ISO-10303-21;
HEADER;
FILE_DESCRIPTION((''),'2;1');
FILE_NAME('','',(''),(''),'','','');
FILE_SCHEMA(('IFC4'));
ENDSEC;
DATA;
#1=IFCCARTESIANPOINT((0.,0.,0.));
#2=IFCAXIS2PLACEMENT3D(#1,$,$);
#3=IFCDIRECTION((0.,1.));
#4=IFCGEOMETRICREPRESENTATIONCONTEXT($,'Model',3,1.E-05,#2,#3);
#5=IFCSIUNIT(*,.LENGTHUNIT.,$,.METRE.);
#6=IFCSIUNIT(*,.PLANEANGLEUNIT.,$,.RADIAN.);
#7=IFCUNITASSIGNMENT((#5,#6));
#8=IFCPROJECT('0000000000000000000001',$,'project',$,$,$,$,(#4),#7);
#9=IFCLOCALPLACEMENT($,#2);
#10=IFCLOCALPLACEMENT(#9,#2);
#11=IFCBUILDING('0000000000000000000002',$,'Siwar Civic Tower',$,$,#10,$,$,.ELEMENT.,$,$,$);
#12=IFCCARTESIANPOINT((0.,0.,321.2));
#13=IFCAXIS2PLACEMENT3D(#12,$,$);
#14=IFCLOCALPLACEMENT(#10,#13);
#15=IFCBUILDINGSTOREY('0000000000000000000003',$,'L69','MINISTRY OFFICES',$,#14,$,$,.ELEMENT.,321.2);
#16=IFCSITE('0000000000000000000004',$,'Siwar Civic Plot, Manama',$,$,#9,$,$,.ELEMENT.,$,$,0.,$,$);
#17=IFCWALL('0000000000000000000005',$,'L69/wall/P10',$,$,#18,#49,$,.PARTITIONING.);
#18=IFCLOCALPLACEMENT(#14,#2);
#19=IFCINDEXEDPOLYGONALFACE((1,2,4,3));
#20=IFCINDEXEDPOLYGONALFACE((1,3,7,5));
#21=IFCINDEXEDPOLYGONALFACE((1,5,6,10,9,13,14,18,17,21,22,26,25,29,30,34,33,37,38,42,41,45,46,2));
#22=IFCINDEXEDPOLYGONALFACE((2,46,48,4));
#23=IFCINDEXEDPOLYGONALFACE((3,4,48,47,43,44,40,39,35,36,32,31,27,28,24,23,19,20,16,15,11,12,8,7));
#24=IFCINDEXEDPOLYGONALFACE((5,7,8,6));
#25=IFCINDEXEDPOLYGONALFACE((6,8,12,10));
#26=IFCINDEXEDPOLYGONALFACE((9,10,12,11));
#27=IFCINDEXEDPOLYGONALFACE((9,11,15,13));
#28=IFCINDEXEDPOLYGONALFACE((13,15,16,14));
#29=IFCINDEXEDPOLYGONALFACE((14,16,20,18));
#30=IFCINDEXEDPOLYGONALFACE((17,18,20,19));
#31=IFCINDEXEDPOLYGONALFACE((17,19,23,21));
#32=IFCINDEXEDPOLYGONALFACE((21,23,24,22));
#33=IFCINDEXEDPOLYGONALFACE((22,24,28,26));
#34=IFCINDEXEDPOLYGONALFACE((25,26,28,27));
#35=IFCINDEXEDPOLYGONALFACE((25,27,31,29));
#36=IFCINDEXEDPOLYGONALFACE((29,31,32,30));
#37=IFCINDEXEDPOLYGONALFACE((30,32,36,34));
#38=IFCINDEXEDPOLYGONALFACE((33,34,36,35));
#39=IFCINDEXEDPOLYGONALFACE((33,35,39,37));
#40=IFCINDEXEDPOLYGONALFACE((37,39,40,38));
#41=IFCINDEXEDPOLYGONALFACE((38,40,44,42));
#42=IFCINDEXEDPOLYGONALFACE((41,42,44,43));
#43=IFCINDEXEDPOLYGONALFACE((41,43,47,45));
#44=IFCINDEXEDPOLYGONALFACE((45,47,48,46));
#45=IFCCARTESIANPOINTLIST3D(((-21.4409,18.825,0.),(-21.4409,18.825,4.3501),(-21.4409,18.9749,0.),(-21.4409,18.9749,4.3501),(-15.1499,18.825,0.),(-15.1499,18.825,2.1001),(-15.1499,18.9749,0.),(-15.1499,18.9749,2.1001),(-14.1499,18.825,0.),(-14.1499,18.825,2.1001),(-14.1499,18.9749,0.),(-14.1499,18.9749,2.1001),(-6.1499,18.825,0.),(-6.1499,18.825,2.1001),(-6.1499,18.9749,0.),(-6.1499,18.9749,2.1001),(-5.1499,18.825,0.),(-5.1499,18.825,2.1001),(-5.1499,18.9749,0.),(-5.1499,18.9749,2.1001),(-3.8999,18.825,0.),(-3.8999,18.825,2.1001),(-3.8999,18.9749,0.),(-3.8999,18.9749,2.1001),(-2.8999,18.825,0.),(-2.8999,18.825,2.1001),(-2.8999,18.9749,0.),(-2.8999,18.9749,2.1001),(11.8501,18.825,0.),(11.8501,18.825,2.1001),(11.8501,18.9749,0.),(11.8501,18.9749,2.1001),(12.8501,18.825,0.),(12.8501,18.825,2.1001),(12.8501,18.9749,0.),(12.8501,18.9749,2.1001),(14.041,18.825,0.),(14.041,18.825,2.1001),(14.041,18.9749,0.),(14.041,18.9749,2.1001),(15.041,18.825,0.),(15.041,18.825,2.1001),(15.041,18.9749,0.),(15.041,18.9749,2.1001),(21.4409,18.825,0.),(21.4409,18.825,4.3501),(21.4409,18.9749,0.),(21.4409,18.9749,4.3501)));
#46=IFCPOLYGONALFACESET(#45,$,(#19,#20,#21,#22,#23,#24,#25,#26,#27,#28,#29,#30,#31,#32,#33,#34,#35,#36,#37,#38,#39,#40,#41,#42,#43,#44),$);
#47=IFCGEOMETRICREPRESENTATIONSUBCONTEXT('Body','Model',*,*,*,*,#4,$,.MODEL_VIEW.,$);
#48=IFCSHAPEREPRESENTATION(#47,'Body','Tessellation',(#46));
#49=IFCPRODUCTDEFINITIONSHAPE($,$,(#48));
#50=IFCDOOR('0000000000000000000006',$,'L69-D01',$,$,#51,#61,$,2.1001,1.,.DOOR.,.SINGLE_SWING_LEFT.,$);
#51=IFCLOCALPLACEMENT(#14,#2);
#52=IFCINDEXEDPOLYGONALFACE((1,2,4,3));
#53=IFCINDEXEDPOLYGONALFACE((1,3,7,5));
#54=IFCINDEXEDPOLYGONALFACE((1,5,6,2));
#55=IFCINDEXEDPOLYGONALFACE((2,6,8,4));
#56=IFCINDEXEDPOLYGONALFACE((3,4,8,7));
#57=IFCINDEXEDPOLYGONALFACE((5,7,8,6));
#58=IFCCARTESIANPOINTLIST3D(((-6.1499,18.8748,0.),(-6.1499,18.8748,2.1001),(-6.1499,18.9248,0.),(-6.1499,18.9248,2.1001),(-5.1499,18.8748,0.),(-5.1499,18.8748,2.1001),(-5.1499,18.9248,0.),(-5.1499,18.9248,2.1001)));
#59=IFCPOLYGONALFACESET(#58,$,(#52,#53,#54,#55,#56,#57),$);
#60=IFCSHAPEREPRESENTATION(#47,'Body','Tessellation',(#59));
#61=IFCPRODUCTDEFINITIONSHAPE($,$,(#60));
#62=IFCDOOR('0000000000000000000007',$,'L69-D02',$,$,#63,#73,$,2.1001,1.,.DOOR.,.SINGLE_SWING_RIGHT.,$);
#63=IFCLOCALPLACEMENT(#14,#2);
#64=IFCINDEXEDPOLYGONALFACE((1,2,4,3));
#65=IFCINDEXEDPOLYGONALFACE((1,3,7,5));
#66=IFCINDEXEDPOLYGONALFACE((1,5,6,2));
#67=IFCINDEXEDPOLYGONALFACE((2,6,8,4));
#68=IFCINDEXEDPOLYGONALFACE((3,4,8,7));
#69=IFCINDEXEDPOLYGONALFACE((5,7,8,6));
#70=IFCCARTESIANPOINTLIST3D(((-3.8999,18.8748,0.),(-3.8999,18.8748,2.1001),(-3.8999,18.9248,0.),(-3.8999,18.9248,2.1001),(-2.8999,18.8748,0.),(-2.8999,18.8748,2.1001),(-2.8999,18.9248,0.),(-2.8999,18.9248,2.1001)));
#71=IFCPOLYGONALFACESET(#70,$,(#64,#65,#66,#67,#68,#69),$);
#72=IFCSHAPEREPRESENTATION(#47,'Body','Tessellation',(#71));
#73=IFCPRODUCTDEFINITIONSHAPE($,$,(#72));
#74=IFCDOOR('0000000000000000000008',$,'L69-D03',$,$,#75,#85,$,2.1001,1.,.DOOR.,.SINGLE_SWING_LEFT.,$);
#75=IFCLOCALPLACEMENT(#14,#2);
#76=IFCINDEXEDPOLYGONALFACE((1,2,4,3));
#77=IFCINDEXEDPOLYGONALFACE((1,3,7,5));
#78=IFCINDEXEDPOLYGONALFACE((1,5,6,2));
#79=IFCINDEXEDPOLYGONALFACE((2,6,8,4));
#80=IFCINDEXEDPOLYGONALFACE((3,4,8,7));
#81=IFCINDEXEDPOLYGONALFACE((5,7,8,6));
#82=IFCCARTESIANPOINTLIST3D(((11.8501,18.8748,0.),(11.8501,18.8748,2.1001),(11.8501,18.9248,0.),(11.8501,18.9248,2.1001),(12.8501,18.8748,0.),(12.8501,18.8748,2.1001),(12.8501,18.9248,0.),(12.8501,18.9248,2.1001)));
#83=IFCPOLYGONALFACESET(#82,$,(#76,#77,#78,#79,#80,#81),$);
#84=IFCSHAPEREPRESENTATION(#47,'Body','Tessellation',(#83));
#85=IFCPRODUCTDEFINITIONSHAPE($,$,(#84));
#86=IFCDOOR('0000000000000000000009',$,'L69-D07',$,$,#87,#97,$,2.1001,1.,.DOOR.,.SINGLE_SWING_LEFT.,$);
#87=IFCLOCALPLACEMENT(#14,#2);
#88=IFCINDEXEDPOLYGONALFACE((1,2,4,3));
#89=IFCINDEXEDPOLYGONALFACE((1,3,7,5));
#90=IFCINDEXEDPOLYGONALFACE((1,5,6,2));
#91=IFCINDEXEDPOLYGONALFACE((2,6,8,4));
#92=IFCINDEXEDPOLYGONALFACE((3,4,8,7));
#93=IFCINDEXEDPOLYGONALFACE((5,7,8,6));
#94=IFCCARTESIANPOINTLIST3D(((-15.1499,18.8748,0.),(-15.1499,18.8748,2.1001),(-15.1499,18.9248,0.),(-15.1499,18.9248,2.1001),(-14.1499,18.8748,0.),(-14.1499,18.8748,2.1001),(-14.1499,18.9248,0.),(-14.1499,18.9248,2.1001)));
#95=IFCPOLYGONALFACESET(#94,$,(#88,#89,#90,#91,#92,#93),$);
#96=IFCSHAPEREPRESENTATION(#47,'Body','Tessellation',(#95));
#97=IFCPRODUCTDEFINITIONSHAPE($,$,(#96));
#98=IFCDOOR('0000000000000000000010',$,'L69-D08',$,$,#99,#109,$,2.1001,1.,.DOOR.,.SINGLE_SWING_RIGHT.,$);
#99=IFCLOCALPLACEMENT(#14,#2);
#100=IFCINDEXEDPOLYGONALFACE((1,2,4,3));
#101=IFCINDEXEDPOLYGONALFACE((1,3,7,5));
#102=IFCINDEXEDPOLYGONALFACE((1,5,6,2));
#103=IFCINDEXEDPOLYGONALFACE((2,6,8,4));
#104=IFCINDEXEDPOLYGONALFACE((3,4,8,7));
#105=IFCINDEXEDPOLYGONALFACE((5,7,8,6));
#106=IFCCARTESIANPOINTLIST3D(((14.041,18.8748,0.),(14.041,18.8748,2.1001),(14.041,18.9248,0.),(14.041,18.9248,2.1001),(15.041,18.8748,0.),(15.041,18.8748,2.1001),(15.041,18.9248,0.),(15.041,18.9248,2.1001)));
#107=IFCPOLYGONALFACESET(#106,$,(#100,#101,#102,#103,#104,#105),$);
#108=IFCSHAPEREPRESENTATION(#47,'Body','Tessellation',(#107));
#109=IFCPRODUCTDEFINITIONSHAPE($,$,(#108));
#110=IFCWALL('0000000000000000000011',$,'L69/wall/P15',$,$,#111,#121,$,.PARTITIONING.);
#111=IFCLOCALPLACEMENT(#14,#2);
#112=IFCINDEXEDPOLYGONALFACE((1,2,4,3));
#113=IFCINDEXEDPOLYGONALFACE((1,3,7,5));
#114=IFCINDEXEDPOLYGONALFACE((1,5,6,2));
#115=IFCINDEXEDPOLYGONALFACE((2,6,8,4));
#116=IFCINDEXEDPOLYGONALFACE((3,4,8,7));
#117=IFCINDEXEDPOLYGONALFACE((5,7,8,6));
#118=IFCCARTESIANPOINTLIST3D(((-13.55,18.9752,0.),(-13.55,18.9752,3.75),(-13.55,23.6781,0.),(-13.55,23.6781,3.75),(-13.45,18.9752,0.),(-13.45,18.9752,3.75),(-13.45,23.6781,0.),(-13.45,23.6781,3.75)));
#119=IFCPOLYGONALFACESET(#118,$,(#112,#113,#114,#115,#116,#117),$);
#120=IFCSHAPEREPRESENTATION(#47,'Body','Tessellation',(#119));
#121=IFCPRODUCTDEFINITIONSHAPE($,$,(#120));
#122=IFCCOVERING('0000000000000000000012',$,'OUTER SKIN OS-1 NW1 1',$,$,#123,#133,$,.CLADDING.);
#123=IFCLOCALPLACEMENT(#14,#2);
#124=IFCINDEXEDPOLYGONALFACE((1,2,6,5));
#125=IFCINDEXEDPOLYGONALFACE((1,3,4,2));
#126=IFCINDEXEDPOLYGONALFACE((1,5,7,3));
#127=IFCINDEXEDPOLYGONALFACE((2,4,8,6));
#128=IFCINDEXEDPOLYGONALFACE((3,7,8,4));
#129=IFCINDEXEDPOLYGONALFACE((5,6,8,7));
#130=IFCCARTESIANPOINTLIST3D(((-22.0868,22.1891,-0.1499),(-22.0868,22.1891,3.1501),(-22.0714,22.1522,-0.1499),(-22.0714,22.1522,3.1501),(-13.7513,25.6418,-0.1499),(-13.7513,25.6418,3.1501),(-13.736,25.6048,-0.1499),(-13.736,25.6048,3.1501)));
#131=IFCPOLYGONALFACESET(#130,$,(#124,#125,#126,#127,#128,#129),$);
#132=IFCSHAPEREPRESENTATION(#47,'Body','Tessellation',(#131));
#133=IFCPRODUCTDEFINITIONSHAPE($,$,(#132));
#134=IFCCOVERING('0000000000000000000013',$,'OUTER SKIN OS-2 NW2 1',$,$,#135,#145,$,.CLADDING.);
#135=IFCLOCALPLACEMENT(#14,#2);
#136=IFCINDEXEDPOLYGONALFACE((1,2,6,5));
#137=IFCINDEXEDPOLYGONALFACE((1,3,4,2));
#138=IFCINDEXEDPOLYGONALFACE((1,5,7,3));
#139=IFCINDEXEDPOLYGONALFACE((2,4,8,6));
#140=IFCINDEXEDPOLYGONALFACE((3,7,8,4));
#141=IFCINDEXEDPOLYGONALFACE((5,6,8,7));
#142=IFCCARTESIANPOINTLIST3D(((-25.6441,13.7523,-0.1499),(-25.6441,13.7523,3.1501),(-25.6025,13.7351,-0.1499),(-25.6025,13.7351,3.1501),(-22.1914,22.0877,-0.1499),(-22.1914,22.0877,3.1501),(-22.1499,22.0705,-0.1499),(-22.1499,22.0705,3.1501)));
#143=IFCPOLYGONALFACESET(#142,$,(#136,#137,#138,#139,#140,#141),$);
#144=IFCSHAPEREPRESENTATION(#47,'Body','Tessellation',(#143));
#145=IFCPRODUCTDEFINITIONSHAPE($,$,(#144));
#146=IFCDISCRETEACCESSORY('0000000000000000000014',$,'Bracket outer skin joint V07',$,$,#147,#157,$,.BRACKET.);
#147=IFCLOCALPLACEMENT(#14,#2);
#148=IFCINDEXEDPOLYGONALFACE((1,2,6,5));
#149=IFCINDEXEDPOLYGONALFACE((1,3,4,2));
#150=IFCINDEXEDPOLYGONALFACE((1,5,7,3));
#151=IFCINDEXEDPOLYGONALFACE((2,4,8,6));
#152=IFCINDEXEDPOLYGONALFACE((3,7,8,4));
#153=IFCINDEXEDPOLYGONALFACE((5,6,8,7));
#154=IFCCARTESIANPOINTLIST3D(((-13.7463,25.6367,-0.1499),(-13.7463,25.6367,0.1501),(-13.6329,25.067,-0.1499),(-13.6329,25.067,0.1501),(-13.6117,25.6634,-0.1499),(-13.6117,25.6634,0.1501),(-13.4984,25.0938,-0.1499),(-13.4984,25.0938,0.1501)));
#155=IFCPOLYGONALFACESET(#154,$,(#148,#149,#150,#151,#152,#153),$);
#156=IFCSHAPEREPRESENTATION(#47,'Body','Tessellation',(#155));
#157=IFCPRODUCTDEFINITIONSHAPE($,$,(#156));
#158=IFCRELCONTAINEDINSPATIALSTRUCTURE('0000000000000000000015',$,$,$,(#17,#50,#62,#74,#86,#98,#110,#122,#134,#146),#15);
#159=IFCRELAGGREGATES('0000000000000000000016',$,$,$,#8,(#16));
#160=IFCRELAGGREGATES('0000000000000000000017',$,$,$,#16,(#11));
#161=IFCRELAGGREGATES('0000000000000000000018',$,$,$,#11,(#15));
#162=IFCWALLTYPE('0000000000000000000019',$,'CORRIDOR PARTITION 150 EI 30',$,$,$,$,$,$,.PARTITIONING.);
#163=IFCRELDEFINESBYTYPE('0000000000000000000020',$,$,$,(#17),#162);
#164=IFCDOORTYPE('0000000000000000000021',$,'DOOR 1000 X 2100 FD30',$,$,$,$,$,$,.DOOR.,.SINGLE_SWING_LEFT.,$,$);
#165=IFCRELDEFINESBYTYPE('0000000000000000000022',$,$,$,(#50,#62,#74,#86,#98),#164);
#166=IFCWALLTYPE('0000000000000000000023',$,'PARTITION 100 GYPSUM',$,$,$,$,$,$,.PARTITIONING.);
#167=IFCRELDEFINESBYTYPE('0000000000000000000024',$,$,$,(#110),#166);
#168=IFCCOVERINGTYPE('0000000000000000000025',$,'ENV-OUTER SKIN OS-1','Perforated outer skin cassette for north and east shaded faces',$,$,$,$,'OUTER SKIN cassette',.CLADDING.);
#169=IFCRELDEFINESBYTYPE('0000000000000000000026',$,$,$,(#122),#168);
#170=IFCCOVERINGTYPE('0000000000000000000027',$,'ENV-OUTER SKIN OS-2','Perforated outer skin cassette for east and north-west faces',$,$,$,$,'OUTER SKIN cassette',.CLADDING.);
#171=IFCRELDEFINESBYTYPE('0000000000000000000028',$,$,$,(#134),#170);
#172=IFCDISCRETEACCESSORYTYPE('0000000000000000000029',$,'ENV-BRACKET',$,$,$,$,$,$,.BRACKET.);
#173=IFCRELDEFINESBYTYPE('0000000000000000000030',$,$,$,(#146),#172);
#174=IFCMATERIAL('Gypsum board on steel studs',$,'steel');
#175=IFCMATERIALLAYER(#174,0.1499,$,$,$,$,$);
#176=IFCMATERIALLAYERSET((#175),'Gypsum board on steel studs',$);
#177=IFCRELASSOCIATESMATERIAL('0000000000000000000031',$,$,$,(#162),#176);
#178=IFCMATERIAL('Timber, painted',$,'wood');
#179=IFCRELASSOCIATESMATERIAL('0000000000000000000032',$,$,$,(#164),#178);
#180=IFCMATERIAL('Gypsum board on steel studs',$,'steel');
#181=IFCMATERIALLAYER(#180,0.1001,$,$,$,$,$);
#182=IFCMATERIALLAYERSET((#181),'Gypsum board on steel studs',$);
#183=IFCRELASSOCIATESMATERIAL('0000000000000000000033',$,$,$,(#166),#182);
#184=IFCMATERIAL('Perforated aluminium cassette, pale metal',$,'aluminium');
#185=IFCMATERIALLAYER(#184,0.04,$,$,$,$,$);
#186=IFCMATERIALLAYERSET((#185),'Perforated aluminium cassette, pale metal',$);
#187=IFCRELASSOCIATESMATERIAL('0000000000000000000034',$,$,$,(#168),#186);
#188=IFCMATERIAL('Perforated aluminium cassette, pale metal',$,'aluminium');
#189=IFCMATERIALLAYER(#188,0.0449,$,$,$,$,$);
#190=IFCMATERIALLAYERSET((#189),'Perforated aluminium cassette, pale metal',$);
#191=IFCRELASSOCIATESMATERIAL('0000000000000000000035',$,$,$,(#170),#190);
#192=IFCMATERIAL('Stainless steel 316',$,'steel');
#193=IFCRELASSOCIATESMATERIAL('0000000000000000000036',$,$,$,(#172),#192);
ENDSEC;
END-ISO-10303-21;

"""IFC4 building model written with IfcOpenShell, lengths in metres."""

from ifc_helpers import new_model, si_unit, direction, frame, frame_2d, origin, origin_2d, place, context, subcontext, project, spatial, rectangle, extrude, material, layer, layer_set, type_object, element, fill, save


model = new_model("IFC4")

# Units and contexts
model_context = context("Model", 3, precision=1e-05, world=origin(), true_north=direction((0.0, 1.0)))
body_context = subcontext(model_context, "Body", "Model", "MODEL_VIEW")
ifc_project = project(units=[si_unit("LENGTHUNIT", "METRE"), si_unit("PLANEANGLEUNIT", "RADIAN")], contexts=[model_context])

# Site, building, storey
site_placement = place(None, origin())
site = spatial("IfcSite", under=ifc_project, at=site_placement, Name="Siwar Civic Plot, Manama", CompositionType="ELEMENT", RefElevation=0.0)
building_placement = place(site_placement, origin())
building = spatial("IfcBuilding", under=site, at=building_placement, Name="Siwar Civic Tower", CompositionType="ELEMENT")
storey_placement = place(building_placement, frame((0.0, 0.0, 321.2)))
storey = spatial("IfcBuildingStorey", under=building, at=storey_placement, Name="L69", Description="MINISTRY OFFICES", CompositionType="ELEMENT", Elevation=321.2)

# Shared definitions
ifc_material_1 = material(Name="Gypsum board on steel studs", Category="steel")
ifc_layer_1 = layer(ifc_material_1, 0.1499)
ifc_layer_set_1 = layer_set([ifc_layer_1], Name="Gypsum board on steel studs")
wall_type_1 = type_object("IfcWallType", Name="CORRIDOR PARTITION 150 EI 30", PredefinedType="PARTITIONING", material=ifc_layer_set_1)

# Wall, openings, doors
ifc_material_2 = material(Name="Timber, painted", Category="wood")
door_type = type_object("IfcDoorType", Name="DOOR 1000 X 2100 FD30", OperationType="SINGLE_SWING_LEFT", PredefinedType="DOOR", material=ifc_material_2)
wall_1_placement = place(storey_placement, frame((-21.4409, 18.8999, 0.0), z_axis=(0.0, 0.0, 1.0), x_axis=(1.0, 0.0, 0.0)))
wall_1 = element("IfcWall", 1, at=wall_1_placement, inside=storey, type_object=wall_type_1, Name="L69/wall/P10", PredefinedType="PARTITIONING", context=body_context, shape_type="SweptSolid", body=[
    extrude(rectangle(XDim=42.8818, YDim=0.1499, at=frame_2d((21.4409, 0.0))), origin(), (0.0, 0.0, 1.0), 4.3501),
])
opening_1_placement = place(wall_1_placement, frame((15.291, 0.0, 0.0)))
opening_1 = element("IfcOpeningElement", 2, at=opening_1_placement, cuts=wall_1, PredefinedType="OPENING", context=body_context, shape_type="SweptSolid", body=[
    extrude(rectangle(XDim=1.0, YDim=2.1001, at=frame_2d((0.5, 1.05))), frame((0.0, 0.085, 0.0), z_axis=(0.0, -1.0, 0.0), x_axis=(1.0, 0.0, 0.0)), (0.0, 0.0, 1.0), 0.1699),
])
opening_2_placement = place(wall_1_placement, frame((17.541, 0.0, 0.0)))
opening_2 = element("IfcOpeningElement", 3, at=opening_2_placement, cuts=wall_1, PredefinedType="OPENING", context=body_context, shape_type="SweptSolid", body=[
    extrude(rectangle(XDim=1.0, YDim=2.1001, at=frame_2d((0.5, 1.05))), frame((0.0, 0.085, 0.0), z_axis=(0.0, -1.0, 0.0), x_axis=(1.0, 0.0, 0.0)), (0.0, 0.0, 1.0), 0.1699),
])
opening_3_placement = place(wall_1_placement, frame((33.291, 0.0, 0.0)))
opening_3 = element("IfcOpeningElement", 4, at=opening_3_placement, cuts=wall_1, PredefinedType="OPENING", context=body_context, shape_type="SweptSolid", body=[
    extrude(rectangle(XDim=1.0, YDim=2.1001, at=frame_2d((0.5, 1.05))), frame((0.0, 0.085, 0.0), z_axis=(0.0, -1.0, 0.0), x_axis=(1.0, 0.0, 0.0)), (0.0, 0.0, 1.0), 0.1699),
])
opening_4_placement = place(wall_1_placement, frame((6.291, 0.0, 0.0)))
opening_4 = element("IfcOpeningElement", 5, at=opening_4_placement, cuts=wall_1, PredefinedType="OPENING", context=body_context, shape_type="SweptSolid", body=[
    extrude(rectangle(XDim=1.0, YDim=2.1001, at=frame_2d((0.5, 1.05))), frame((0.0, 0.085, 0.0), z_axis=(0.0, -1.0, 0.0), x_axis=(1.0, 0.0, 0.0)), (0.0, 0.0, 1.0), 0.1699),
])
opening_5_placement = place(wall_1_placement, frame((35.4819, 0.0, 0.0)))
opening_5 = element("IfcOpeningElement", 6, at=opening_5_placement, cuts=wall_1, PredefinedType="OPENING", context=body_context, shape_type="SweptSolid", body=[
    extrude(rectangle(XDim=1.0, YDim=2.1001, at=frame_2d((0.5, 1.05))), frame((0.0, 0.085, 0.0), z_axis=(0.0, -1.0, 0.0), x_axis=(1.0, 0.0, 0.0)), (0.0, 0.0, 1.0), 0.1699),
])
door_1_placement = place(opening_1_placement, origin())
door_1 = element("IfcDoor", 7, at=door_1_placement, inside=storey, type_object=door_type, Name="L69-D01", OperationType="SINGLE_SWING_LEFT", OverallHeight=2.1001, OverallWidth=1.0, PredefinedType="DOOR", context=body_context, shape_type="SweptSolid", body=[
    extrude(rectangle(XDim=1.0, YDim=2.1001, at=frame_2d((0.5, 1.05))), frame((0.0, 0.0249, 0.0), z_axis=(0.0, -1.0, 0.0), x_axis=(1.0, 0.0, 0.0)), (0.0, 0.0, 1.0), 0.05),
])
fill(opening_1, door_1)
door_2_placement = place(opening_2_placement, origin())
door_2 = element("IfcDoor", 8, at=door_2_placement, inside=storey, type_object=door_type, Name="L69-D02", OperationType="SINGLE_SWING_RIGHT", OverallHeight=2.1001, OverallWidth=1.0, PredefinedType="DOOR", context=body_context, shape_type="SweptSolid", body=[
    extrude(rectangle(XDim=1.0, YDim=2.1001, at=frame_2d((0.5, 1.05))), frame((0.0, 0.0249, 0.0), z_axis=(0.0, -1.0, 0.0), x_axis=(1.0, 0.0, 0.0)), (0.0, 0.0, 1.0), 0.05),
])
fill(opening_2, door_2)
door_3_placement = place(opening_3_placement, origin())
door_3 = element("IfcDoor", 9, at=door_3_placement, inside=storey, type_object=door_type, Name="L69-D03", OperationType="SINGLE_SWING_LEFT", OverallHeight=2.1001, OverallWidth=1.0, PredefinedType="DOOR", context=body_context, shape_type="SweptSolid", body=[
    extrude(rectangle(XDim=1.0, YDim=2.1001, at=frame_2d((0.5, 1.05))), frame((0.0, 0.0249, 0.0), z_axis=(0.0, -1.0, 0.0), x_axis=(1.0, 0.0, 0.0)), (0.0, 0.0, 1.0), 0.05),
])
fill(opening_3, door_3)
door_4_placement = place(opening_4_placement, origin())
door_4 = element("IfcDoor", 10, at=door_4_placement, inside=storey, type_object=door_type, Name="L69-D07", OperationType="SINGLE_SWING_LEFT", OverallHeight=2.1001, OverallWidth=1.0, PredefinedType="DOOR", context=body_context, shape_type="SweptSolid", body=[
    extrude(rectangle(XDim=1.0, YDim=2.1001, at=frame_2d((0.5, 1.05))), frame((0.0, 0.0249, 0.0), z_axis=(0.0, -1.0, 0.0), x_axis=(1.0, 0.0, 0.0)), (0.0, 0.0, 1.0), 0.05),
])
fill(opening_4, door_4)
door_5_placement = place(opening_5_placement, origin())
door_5 = element("IfcDoor", 11, at=door_5_placement, inside=storey, type_object=door_type, Name="L69-D08", OperationType="SINGLE_SWING_RIGHT", OverallHeight=2.1001, OverallWidth=1.0, PredefinedType="DOOR", context=body_context, shape_type="SweptSolid", body=[
    extrude(rectangle(XDim=1.0, YDim=2.1001, at=frame_2d((0.5, 1.05))), frame((0.0, 0.0249, 0.0), z_axis=(0.0, -1.0, 0.0), x_axis=(1.0, 0.0, 0.0)), (0.0, 0.0, 1.0), 0.05),
])
fill(opening_5, door_5)

# Wall
ifc_material_3 = material(Name="Gypsum board on steel studs", Category="steel")
ifc_layer_2 = layer(ifc_material_3, 0.1001)
ifc_layer_set_2 = layer_set([ifc_layer_2], Name="Gypsum board on steel studs")
wall_type_2 = type_object("IfcWallType", Name="PARTITION 100 GYPSUM", PredefinedType="PARTITIONING", material=ifc_layer_set_2)
wall_2_placement = place(storey_placement, frame((-13.5, 18.9751, 0.0), z_axis=(0.0, 0.0, 1.0), x_axis=(0.0, 1.0, 0.0)))
element("IfcWall", 12, at=wall_2_placement, inside=storey, type_object=wall_type_2, Name="L69/wall/P15", PredefinedType="PARTITIONING", context=body_context, shape_type="SweptSolid", body=[
    extrude(rectangle(XDim=4.7029, YDim=0.1001, at=frame_2d((2.3516, 0.0))), origin(), (0.0, 0.0, 1.0), 3.75),
])

# Coverings
ifc_material_4 = material(Name="Perforated aluminium cassette, pale metal", Category="aluminium")
ifc_layer_3 = layer(ifc_material_4, 0.04)
ifc_layer_set_3 = layer_set([ifc_layer_3], Name="Perforated aluminium cassette, pale metal")
covering_type_1 = type_object("IfcCoveringType", Name="ENV-OUTER SKIN OS-1", Description="Perforated outer skin cassette for north and east shaded faces", ElementType="OUTER SKIN cassette", PredefinedType="CLADDING", material=ifc_layer_set_3)
covering_1_placement = place(storey_placement, frame((-17.9114, 23.897, -0.1499), z_axis=(0.0, 0.0, 1.0), x_axis=(-0.92388, -0.382683, 0.0)))
element("IfcCovering", 13, at=covering_1_placement, inside=storey, type_object=covering_type_1, Name="OUTER SKIN OS-1 NW1 1", PredefinedType="CLADDING", context=body_context, shape_type="SweptSolid", body=[
    extrude(rectangle(XDim=9.0222, YDim=0.04, at=origin_2d()), origin(), (0.0, 0.0, 1.0), 3.3),
])
ifc_material_5 = material(Name="Perforated aluminium cassette, pale metal", Category="aluminium")
ifc_layer_4 = layer(ifc_material_5, 0.0449)
ifc_layer_set_4 = layer_set([ifc_layer_4], Name="Perforated aluminium cassette, pale metal")
covering_type_2 = type_object("IfcCoveringType", Name="ENV-OUTER SKIN OS-2", Description="Perforated outer skin cassette for east and north-west faces", ElementType="OUTER SKIN cassette", PredefinedType="CLADDING", material=ifc_layer_set_4)
covering_2_placement = place(storey_placement, frame((-23.897, 17.9114, -0.1499), z_axis=(0.0, 0.0, 1.0), x_axis=(-0.382683, -0.92388, 0.0)))
element("IfcCovering", 14, at=covering_2_placement, inside=storey, type_object=covering_type_2, Name="OUTER SKIN OS-2 NW2 1", PredefinedType="CLADDING", context=body_context, shape_type="SweptSolid", body=[
    extrude(rectangle(XDim=9.0222, YDim=0.0449, at=origin_2d()), origin(), (0.0, 0.0, 1.0), 3.3),
])

# Discrete accessory
ifc_material_6 = material(Name="Stainless steel 316", Category="steel")
discrete_accessory_type = type_object("IfcDiscreteAccessoryType", Name="ENV-BRACKET", PredefinedType="BRACKET", material=ifc_material_6)
discrete_accessory_1_placement = place(storey_placement, frame((-13.6223, 25.3652, -0.1499), z_axis=(0.0, 0.0, 1.0), x_axis=(-0.19509, 0.980785, 0.0)))
element("IfcDiscreteAccessory", 15, at=discrete_accessory_1_placement, inside=storey, type_object=discrete_accessory_type, Name="Bracket outer skin joint V07", PredefinedType="BRACKET", context=body_context, shape_type="SweptSolid", body=[
    extrude(rectangle(XDim=0.5808, YDim=0.1372, at=origin_2d()), origin(), (0.0, 0.0, 1.0), 0.3),
])

save(model, "model.ifc")
